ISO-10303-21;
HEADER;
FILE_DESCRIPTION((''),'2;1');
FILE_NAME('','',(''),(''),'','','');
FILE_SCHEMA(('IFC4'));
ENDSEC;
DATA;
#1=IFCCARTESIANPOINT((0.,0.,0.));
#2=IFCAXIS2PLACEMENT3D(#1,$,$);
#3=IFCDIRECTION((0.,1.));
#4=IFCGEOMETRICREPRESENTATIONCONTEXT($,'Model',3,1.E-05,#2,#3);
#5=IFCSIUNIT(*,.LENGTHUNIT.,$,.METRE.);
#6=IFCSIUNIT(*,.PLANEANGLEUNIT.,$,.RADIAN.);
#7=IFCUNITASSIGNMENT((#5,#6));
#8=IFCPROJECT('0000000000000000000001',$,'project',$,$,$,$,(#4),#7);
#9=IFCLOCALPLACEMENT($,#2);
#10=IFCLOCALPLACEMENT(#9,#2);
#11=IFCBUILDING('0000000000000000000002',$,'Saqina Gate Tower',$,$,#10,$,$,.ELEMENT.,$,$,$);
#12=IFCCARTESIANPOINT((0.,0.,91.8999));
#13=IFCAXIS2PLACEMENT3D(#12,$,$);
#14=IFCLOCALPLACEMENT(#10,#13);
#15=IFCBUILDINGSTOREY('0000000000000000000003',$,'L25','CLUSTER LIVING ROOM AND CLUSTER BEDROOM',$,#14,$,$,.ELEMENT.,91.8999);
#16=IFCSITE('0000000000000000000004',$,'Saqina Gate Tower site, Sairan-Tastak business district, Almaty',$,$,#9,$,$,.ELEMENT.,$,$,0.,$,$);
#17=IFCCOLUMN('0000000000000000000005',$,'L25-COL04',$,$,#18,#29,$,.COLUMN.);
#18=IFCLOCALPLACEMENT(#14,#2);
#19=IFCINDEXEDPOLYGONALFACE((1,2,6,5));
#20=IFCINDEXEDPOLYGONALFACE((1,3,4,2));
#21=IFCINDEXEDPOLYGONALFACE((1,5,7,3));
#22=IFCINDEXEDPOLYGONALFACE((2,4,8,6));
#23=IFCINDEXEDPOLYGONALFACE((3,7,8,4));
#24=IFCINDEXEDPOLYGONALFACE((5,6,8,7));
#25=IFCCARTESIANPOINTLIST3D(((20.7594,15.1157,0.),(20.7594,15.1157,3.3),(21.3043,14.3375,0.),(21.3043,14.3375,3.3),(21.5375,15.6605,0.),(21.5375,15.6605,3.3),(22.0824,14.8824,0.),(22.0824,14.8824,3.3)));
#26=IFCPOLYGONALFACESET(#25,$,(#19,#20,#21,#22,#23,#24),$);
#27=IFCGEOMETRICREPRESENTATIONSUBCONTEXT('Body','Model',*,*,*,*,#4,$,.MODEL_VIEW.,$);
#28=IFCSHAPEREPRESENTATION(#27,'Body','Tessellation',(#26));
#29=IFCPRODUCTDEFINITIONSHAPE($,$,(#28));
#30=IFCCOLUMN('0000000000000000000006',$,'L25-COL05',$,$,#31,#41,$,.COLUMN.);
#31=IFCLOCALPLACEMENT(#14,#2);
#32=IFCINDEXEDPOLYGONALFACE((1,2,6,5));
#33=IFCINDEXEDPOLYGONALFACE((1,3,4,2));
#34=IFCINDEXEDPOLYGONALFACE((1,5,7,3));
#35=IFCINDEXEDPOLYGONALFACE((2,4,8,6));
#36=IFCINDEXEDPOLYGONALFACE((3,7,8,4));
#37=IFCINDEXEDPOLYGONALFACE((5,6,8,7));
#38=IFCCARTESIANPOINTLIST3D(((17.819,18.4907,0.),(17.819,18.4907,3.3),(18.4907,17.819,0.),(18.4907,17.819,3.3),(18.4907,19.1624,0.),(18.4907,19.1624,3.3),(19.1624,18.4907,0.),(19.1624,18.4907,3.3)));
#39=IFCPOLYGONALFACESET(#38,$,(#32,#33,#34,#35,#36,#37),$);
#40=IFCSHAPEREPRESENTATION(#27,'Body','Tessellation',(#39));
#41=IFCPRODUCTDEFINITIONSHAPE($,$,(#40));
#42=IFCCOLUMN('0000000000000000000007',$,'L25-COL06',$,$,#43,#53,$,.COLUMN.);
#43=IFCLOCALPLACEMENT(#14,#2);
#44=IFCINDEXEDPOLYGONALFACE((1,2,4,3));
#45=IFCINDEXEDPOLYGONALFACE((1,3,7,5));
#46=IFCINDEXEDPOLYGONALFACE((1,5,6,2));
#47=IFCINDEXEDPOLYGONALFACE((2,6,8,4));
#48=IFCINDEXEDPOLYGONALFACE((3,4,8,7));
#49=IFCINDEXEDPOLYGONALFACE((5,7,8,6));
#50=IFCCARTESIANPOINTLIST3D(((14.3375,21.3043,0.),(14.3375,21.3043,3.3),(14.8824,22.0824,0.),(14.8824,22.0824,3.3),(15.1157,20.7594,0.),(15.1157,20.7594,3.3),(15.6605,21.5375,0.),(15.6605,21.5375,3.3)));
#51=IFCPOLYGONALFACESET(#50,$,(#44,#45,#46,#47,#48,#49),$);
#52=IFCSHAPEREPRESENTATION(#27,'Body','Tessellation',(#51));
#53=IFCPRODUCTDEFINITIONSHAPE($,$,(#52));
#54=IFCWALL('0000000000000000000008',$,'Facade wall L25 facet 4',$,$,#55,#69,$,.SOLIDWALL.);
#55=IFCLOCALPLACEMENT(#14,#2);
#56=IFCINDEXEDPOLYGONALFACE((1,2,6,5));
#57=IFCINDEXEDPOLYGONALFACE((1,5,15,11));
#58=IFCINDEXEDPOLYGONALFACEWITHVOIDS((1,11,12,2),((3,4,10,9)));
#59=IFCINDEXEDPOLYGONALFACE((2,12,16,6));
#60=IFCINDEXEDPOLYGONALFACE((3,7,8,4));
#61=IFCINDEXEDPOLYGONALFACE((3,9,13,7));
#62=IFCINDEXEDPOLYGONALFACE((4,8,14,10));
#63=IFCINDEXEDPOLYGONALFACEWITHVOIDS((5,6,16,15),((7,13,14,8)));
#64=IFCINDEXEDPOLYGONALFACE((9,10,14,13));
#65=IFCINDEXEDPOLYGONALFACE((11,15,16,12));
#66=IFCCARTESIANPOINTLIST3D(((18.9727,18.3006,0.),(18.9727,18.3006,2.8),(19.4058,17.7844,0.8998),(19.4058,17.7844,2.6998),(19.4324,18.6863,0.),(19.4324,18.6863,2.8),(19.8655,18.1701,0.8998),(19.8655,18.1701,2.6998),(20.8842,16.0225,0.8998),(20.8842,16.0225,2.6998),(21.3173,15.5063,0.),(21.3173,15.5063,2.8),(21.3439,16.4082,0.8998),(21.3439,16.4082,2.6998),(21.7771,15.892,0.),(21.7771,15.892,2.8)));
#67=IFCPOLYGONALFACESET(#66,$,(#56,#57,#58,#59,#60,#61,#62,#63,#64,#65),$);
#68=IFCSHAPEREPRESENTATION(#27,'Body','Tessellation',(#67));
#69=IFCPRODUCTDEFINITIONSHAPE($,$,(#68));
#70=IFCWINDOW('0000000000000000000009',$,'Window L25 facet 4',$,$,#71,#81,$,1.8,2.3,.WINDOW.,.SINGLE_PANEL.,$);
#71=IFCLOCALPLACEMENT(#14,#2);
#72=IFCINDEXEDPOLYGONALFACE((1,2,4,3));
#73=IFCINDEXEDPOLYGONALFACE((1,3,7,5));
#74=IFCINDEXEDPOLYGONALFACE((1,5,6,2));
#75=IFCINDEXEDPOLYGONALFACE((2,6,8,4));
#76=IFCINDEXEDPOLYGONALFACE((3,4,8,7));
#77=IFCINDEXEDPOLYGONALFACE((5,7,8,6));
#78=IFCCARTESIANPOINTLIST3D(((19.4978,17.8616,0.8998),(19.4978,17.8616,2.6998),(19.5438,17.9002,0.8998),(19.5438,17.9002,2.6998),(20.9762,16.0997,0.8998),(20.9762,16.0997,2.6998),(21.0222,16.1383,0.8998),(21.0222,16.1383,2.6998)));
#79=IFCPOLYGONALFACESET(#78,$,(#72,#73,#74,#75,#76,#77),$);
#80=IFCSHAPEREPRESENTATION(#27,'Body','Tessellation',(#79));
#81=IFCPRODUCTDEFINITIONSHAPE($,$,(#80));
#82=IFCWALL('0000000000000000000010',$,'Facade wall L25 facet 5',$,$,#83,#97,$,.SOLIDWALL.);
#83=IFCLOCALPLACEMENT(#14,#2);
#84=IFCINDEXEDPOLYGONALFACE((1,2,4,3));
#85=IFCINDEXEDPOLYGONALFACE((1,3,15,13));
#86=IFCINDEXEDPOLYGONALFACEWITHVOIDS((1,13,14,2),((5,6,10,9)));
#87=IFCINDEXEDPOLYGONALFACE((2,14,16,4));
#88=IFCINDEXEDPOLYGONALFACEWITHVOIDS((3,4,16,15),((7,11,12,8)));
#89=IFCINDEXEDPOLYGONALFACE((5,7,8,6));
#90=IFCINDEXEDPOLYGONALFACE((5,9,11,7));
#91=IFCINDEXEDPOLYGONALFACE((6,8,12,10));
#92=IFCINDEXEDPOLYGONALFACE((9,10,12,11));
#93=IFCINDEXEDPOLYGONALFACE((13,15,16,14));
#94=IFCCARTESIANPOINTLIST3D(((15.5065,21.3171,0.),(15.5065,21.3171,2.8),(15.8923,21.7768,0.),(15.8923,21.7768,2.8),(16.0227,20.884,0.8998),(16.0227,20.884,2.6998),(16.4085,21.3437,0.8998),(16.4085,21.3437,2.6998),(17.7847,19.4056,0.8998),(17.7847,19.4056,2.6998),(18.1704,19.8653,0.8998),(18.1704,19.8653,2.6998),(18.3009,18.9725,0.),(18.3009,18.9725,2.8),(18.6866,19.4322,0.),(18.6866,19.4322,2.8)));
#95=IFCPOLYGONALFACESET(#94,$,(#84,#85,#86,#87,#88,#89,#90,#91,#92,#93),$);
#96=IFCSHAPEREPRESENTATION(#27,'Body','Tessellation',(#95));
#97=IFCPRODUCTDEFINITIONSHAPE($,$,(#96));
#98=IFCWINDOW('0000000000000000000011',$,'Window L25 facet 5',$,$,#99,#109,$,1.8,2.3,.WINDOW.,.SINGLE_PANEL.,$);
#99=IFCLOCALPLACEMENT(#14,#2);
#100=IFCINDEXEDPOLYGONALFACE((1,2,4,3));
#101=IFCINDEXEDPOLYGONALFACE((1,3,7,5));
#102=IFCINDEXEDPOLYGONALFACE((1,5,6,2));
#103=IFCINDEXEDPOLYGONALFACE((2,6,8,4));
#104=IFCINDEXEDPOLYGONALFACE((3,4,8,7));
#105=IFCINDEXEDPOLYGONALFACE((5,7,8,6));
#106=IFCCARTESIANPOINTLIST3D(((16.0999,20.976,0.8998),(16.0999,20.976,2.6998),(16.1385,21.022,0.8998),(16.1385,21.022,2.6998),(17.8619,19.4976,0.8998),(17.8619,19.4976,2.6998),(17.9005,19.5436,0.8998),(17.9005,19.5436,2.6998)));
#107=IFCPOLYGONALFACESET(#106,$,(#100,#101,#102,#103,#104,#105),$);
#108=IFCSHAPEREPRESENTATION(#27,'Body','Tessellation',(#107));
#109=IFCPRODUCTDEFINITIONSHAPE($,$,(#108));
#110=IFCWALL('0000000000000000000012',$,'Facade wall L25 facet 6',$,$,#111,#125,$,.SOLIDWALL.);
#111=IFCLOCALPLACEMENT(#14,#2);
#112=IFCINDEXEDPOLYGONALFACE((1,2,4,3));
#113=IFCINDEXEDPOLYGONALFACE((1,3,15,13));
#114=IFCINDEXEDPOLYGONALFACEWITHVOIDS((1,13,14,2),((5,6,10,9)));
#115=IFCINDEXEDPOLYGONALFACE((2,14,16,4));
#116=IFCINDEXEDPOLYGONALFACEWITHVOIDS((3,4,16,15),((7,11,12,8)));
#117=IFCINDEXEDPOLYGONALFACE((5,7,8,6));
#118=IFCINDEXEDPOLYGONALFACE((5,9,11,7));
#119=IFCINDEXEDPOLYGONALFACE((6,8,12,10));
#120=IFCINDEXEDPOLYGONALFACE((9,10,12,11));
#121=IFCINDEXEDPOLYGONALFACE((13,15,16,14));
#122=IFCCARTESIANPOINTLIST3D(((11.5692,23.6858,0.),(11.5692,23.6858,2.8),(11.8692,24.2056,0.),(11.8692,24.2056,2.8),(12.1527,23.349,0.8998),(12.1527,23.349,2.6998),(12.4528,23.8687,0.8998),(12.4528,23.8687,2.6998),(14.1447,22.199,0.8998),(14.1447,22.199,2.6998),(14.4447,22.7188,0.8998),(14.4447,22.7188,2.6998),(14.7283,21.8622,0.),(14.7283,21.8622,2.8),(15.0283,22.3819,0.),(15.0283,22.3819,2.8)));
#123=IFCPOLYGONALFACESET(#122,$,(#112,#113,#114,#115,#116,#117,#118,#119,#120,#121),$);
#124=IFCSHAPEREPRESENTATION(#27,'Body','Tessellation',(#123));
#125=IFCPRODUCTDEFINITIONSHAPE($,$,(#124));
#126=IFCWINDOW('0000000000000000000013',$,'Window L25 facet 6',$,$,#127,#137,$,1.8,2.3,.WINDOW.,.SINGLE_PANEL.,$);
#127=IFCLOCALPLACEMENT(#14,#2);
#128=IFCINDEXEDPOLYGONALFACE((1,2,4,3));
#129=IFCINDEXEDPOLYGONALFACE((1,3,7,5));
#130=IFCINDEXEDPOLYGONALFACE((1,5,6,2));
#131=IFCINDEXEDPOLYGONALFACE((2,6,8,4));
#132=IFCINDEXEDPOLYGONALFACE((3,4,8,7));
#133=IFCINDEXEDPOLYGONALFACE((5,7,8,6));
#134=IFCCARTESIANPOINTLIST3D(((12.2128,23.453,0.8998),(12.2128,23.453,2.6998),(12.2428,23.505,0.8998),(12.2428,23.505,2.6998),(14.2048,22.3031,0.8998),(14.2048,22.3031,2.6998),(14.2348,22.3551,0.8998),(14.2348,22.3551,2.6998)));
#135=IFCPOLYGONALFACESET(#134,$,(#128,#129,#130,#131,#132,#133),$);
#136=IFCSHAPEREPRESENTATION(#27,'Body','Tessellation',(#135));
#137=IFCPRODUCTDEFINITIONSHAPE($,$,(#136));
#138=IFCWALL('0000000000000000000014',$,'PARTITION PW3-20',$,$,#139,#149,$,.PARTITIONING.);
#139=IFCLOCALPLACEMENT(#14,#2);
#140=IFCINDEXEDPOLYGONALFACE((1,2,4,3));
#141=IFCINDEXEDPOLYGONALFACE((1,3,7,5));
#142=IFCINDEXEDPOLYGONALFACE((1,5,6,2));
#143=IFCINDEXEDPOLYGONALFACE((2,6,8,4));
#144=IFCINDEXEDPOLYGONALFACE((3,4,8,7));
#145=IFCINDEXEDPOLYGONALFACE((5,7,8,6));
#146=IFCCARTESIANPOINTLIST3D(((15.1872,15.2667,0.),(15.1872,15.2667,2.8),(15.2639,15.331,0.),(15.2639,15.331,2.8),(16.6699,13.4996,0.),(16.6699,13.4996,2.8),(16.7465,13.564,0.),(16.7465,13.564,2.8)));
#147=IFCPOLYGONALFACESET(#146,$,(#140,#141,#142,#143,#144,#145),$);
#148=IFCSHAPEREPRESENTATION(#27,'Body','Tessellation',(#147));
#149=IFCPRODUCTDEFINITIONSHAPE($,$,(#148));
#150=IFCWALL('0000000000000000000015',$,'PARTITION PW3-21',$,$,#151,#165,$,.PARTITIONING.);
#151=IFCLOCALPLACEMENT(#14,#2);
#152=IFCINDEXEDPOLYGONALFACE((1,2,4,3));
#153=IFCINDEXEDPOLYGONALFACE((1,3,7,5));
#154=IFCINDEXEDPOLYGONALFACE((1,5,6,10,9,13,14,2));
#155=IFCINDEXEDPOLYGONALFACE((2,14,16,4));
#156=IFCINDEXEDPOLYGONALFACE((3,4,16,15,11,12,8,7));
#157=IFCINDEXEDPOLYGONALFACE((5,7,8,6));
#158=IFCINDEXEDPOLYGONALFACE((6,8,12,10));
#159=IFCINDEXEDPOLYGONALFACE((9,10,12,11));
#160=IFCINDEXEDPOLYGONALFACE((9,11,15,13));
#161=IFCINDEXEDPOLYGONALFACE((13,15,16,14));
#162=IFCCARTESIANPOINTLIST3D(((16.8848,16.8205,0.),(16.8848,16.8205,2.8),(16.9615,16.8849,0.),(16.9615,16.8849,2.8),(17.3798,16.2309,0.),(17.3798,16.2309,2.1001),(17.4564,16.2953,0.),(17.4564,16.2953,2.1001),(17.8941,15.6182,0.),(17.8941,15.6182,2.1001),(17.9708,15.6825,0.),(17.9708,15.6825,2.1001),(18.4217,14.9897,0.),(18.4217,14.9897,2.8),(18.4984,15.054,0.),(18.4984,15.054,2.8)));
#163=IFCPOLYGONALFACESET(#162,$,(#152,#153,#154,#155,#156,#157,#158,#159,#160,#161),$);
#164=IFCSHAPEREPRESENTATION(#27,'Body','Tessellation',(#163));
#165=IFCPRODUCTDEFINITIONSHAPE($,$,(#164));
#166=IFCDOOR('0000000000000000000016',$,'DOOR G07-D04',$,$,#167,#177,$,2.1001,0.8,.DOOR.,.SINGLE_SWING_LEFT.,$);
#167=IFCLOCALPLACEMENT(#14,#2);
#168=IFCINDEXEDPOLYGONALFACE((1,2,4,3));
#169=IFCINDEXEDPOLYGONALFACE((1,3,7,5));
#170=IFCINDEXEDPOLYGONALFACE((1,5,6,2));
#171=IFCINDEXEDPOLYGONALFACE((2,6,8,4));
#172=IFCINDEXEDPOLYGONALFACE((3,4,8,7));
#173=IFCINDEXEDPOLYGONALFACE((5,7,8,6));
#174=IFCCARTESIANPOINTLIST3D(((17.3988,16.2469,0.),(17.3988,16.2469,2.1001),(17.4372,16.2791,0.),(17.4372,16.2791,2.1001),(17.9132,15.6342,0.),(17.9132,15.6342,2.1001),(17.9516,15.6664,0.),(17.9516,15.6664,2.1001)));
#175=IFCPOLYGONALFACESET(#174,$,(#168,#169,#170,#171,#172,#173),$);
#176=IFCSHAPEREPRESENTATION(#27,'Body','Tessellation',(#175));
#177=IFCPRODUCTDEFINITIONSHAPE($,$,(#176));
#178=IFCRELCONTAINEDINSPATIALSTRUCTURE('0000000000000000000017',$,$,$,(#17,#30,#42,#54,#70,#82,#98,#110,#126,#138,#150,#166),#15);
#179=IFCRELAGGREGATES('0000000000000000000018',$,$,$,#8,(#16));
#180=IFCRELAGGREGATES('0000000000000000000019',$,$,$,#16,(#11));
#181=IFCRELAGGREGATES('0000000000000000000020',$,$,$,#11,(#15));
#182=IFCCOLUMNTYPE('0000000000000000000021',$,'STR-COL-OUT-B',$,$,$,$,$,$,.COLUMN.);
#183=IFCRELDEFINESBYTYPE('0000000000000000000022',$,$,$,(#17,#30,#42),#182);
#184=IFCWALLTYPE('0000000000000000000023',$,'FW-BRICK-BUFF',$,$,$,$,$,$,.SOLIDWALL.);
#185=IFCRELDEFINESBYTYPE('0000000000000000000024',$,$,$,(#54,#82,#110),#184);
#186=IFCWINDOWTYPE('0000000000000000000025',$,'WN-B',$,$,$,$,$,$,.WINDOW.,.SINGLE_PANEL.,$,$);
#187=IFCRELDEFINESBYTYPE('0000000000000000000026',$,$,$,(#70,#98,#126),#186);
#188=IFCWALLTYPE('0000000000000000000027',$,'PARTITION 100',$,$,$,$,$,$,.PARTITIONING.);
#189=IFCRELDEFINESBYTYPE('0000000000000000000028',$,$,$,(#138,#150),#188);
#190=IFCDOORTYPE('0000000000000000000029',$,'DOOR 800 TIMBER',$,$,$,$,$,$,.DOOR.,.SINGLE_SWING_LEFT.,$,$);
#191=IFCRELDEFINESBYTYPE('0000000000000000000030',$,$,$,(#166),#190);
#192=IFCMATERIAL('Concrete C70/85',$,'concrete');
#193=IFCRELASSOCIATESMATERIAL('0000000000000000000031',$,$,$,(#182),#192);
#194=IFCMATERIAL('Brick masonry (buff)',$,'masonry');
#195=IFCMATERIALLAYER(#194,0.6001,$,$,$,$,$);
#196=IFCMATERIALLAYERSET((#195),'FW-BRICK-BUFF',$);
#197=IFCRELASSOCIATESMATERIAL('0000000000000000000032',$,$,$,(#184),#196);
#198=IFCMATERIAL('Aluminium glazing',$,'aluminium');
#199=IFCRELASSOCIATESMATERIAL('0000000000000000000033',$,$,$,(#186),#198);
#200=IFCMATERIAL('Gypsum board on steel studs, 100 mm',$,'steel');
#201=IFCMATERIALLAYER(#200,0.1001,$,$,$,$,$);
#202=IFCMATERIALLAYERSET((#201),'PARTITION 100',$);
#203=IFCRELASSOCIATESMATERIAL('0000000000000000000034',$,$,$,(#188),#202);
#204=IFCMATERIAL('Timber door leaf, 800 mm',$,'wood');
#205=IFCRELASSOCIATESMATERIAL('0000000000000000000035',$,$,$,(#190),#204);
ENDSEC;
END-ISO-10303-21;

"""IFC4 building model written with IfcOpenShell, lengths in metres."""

from ifc_helpers import new_model, si_unit, direction, frame, frame_2d, origin, origin_2d, place, context, subcontext, project, spatial, rectangle, extrude, material, layer, layer_set, material_profile, profile_set, type_object, element, fill, save


model = new_model("IFC4")

# Units and contexts
model_context = context("Model", 3, precision=1e-05, world=origin(), true_north=direction((0.0, 1.0)))
body_context = subcontext(model_context, "Body", "Model", "MODEL_VIEW")
ifc_project = project(units=[si_unit("LENGTHUNIT", "METRE"), si_unit("PLANEANGLEUNIT", "RADIAN")], contexts=[model_context])

# Site, building, storey
site_placement = place(None, origin())
site = spatial("IfcSite", under=ifc_project, at=site_placement, Name="Saqina Gate Tower site, Sairan-Tastak business district, Almaty", CompositionType="ELEMENT", RefElevation=0.0)
building_placement = place(site_placement, origin())
building = spatial("IfcBuilding", under=site, at=building_placement, Name="Saqina Gate Tower", CompositionType="ELEMENT")
storey_placement = place(building_placement, frame((0.0, 0.0, 91.8999)))
storey = spatial("IfcBuildingStorey", under=building, at=storey_placement, Name="L25", Description="CLUSTER LIVING ROOM AND CLUSTER BEDROOM", CompositionType="ELEMENT", Elevation=91.8999)

# Columns
ifc_material_1 = material(Name="Concrete C70/85", Category="concrete")
ifc_material_profile = material_profile(ifc_material_1, rectangle(XDim=0.95, YDim=0.95, at=origin_2d()), Name="RC 950x950")
ifc_profile_set = profile_set([ifc_material_profile], Name="Concrete C70/85")
column_type = type_object("IfcColumnType", Name="STR-COL-OUT-B", PredefinedType="COLUMN", material=ifc_profile_set)
for number, where, z_axis, x_axis, name in (
    (1, (21.4209, 14.999, 0.0), (0.0, 0.0, 1.0), (0.819152, 0.573576, 0.0), "L25-COL04"),
    (2, (18.4907, 18.4907, 0.0), (0.0, 0.0, 1.0), (0.707107, 0.707107, 0.0), "L25-COL05"),
    (3, (14.999, 21.4209, 0.0), (0.0, 0.0, 1.0), (0.573576, 0.819152, 0.0), "L25-COL06"),
):
    element("IfcColumn", number, at=place(storey_placement, frame(where, z_axis=z_axis, x_axis=x_axis)), inside=storey, type_object=column_type, Name=name, PredefinedType="COLUMN", context=body_context, shape_type="SweptSolid", body=[
        extrude(rectangle(XDim=0.95, YDim=0.95, at=origin_2d()), origin(), (0.0, 0.0, 1.0), 3.3),
    ])

# Walls, openings, windows
ifc_material_2 = material(Name="Brick masonry (buff)", Category="masonry")
ifc_layer_1 = layer(ifc_material_2, 0.6001)
ifc_layer_set_1 = layer_set([ifc_layer_1], Name="FW-BRICK-BUFF")
wall_type_1 = type_object("IfcWallType", Name="FW-BRICK-BUFF", PredefinedType="SOLIDWALL", material=ifc_layer_set_1)
wall_1_placement = place(storey_placement, frame((21.5471, 15.6992, 0.0), z_axis=(0.0, 0.0, 1.0), x_axis=(-0.642774, 0.766055, 0.0)))
wall_1 = element("IfcWall", 4, at=wall_1_placement, inside=storey, type_object=wall_type_1, Name="Facade wall L25 facet 4", PredefinedType="SOLIDWALL", context=body_context, shape_type="SweptSolid", body=[
    extrude(rectangle(XDim=3.6477, YDim=0.6001, at=frame_2d((1.8237, 0.0))), origin(), (0.0, 0.0, 1.0), 2.8),
])
opening_1_placement = place(wall_1_placement, frame((0.6738, 0.0, 0.8999)))
opening_1 = element("IfcOpeningElement", 5, at=opening_1_placement, cuts=wall_1, PredefinedType="OPENING", context=body_context, shape_type="SweptSolid", body=[
    extrude(rectangle(XDim=2.3, YDim=1.8, at=frame_2d((1.1499, 0.8999))), frame((0.0, 0.312, 0.0), z_axis=(0.0, -1.0, 0.0), x_axis=(1.0, 0.0, 0.0)), (0.0, 0.0, 1.0), 0.624),
])
ifc_material_3 = material(Name="Aluminium glazing", Category="aluminium")
window_type = type_object("IfcWindowType", Name="WN-B", PartitioningType="SINGLE_PANEL", PredefinedType="WINDOW", material=ifc_material_3)
window_1_placement = place(opening_1_placement, origin())
window_1 = element("IfcWindow", 6, at=window_1_placement, inside=storey, type_object=window_type, Name="Window L25 facet 4", OverallHeight=1.8, OverallWidth=2.3, PartitioningType="SINGLE_PANEL", PredefinedType="WINDOW", context=body_context, shape_type="SweptSolid", body=[
    extrude(rectangle(XDim=2.3, YDim=1.8, at=frame_2d((1.1499, 0.8999))), frame((0.0, 0.1799, 0.0), z_axis=(0.0, -1.0, 0.0), x_axis=(1.0, 0.0, 0.0)), (0.0, 0.0, 1.0), 0.0601),
])
fill(opening_1, window_1)
wall_2_placement = place(storey_placement, frame((18.4937, 19.2024, 0.0), z_axis=(0.0, 0.0, 1.0), x_axis=(-0.766055, 0.642774, 0.0)))
wall_2 = element("IfcWall", 7, at=wall_2_placement, inside=storey, type_object=wall_type_1, Name="Facade wall L25 facet 5", PredefinedType="SOLIDWALL", context=body_context, shape_type="SweptSolid", body=[
    extrude(rectangle(XDim=3.6477, YDim=0.6001, at=frame_2d((1.8237, 0.0))), origin(), (0.0, 0.0, 1.0), 2.8),
])
opening_2_placement = place(wall_2_placement, frame((0.6738, 0.0, 0.8999)))
opening_2 = element("IfcOpeningElement", 8, at=opening_2_placement, cuts=wall_2, PredefinedType="OPENING", context=body_context, shape_type="SweptSolid", body=[
    extrude(rectangle(XDim=2.3, YDim=1.8, at=frame_2d((1.1499, 0.8999))), frame((0.0, 0.312, 0.0), z_axis=(0.0, -1.0, 0.0), x_axis=(1.0, 0.0, 0.0)), (0.0, 0.0, 1.0), 0.624),
])
window_2_placement = place(opening_2_placement, origin())
window_2 = element("IfcWindow", 9, at=window_2_placement, inside=storey, type_object=window_type, Name="Window L25 facet 5", OverallHeight=1.8, OverallWidth=2.3, PartitioningType="SINGLE_PANEL", PredefinedType="WINDOW", context=body_context, shape_type="SweptSolid", body=[
    extrude(rectangle(XDim=2.3, YDim=1.8, at=frame_2d((1.1499, 0.8999))), frame((0.0, 0.1799, 0.0), z_axis=(0.0, -1.0, 0.0), x_axis=(1.0, 0.0, 0.0)), (0.0, 0.0, 1.0), 0.0601),
])
fill(opening_2, window_2)
wall_3_placement = place(storey_placement, frame((14.8782, 22.1221, 0.0), z_axis=(0.0, 0.0, 1.0), x_axis=(-0.866052, 0.499954, 0.0)))
wall_3 = element("IfcWall", 10, at=wall_3_placement, inside=storey, type_object=wall_type_1, Name="Facade wall L25 facet 6", PredefinedType="SOLIDWALL", context=body_context, shape_type="SweptSolid", body=[
    extrude(rectangle(XDim=3.6477, YDim=0.6001, at=frame_2d((1.8237, 0.0))), origin(), (0.0, 0.0, 1.0), 2.8),
])
opening_3_placement = place(wall_3_placement, frame((0.6738, 0.0, 0.8999)))
opening_3 = element("IfcOpeningElement", 11, at=opening_3_placement, cuts=wall_3, PredefinedType="OPENING", context=body_context, shape_type="SweptSolid", body=[
    extrude(rectangle(XDim=2.3, YDim=1.8, at=frame_2d((1.1499, 0.8999))), frame((0.0, 0.312, 0.0), z_axis=(0.0, -1.0, 0.0), x_axis=(1.0, 0.0, 0.0)), (0.0, 0.0, 1.0), 0.624),
])
window_3_placement = place(opening_3_placement, origin())
window_3 = element("IfcWindow", 12, at=window_3_placement, inside=storey, type_object=window_type, Name="Window L25 facet 6", OverallHeight=1.8, OverallWidth=2.3, PartitioningType="SINGLE_PANEL", PredefinedType="WINDOW", context=body_context, shape_type="SweptSolid", body=[
    extrude(rectangle(XDim=2.3, YDim=1.8, at=frame_2d((1.1499, 0.8999))), frame((0.0, 0.1799, 0.0), z_axis=(0.0, -1.0, 0.0), x_axis=(1.0, 0.0, 0.0)), (0.0, 0.0, 1.0), 0.0601),
])
fill(opening_3, window_3)

# Wall
ifc_material_4 = material(Name="Gypsum board on steel studs, 100 mm", Category="steel")
ifc_layer_2 = layer(ifc_material_4, 0.1001)
ifc_layer_set_2 = layer_set([ifc_layer_2], Name="PARTITION 100")
wall_type_2 = type_object("IfcWallType", Name="PARTITION 100", PredefinedType="PARTITIONING", material=ifc_layer_set_2)
wall_4_placement = place(storey_placement, frame((15.2256, 15.2988, 0.0), z_axis=(0.0, 0.0, 1.0), x_axis=(0.642763, -0.766065, 0.0)))
element("IfcWall", 13, at=wall_4_placement, inside=storey, type_object=wall_type_2, Name="PARTITION PW3-20", PredefinedType="PARTITIONING", context=body_context, shape_type="SweptSolid", body=[
    extrude(rectangle(XDim=2.3066, YDim=0.1001, at=frame_2d((1.1533, 0.0))), origin(), (0.0, 0.0, 1.0), 2.8),
])

# Wall, opening, door
wall_5_placement = place(storey_placement, frame((16.9231, 16.8528, 0.0), z_axis=(0.0, 0.0, 1.0), x_axis=(0.642943, -0.765914, 0.0)))
wall_5 = element("IfcWall", 14, at=wall_5_placement, inside=storey, type_object=wall_type_2, Name="PARTITION PW3-21", PredefinedType="PARTITIONING", context=body_context, shape_type="SweptSolid", body=[
    extrude(rectangle(XDim=2.3904, YDim=0.1001, at=frame_2d((1.1953, 0.0))), origin(), (0.0, 0.0, 1.0), 2.8),
])
opening_4_placement = place(wall_5_placement, frame((0.77, 0.0, 0.0)))
opening_4 = element("IfcOpeningElement", 15, at=opening_4_placement, cuts=wall_5, PredefinedType="OPENING", context=body_context, shape_type="SweptSolid", body=[
    extrude(rectangle(XDim=0.8, YDim=2.1001, at=frame_2d((0.3999, 1.05))), frame((0.0, 0.062, 0.0), z_axis=(0.0, -1.0, 0.0), x_axis=(1.0, 0.0, 0.0)), (0.0, 0.0, 1.0), 0.124),
])
ifc_material_5 = material(Name="Timber door leaf, 800 mm", Category="wood")
door_type_1 = type_object("IfcDoorType", Name="DOOR 800 TIMBER", OperationType="SINGLE_SWING_LEFT", PredefinedType="DOOR", material=ifc_material_5)
door_1_placement = place(opening_4_placement, origin())
door_1 = element("IfcDoor", 16, at=door_1_placement, inside=storey, type_object=door_type_1, Name="DOOR G07-D04", OperationType="SINGLE_SWING_LEFT", OverallHeight=2.1001, OverallWidth=0.8, PredefinedType="DOOR", context=body_context, shape_type="SweptSolid", body=[
    extrude(rectangle(XDim=0.8, YDim=2.1001, at=frame_2d((0.3999, 1.05))), frame((0.0, 0.0249, 0.0), z_axis=(0.0, -1.0, 0.0), x_axis=(1.0, 0.0, 0.0)), (0.0, 0.0, 1.0), 0.05),
])
fill(opening_4, door_1)

save(model, "model.ifc")
